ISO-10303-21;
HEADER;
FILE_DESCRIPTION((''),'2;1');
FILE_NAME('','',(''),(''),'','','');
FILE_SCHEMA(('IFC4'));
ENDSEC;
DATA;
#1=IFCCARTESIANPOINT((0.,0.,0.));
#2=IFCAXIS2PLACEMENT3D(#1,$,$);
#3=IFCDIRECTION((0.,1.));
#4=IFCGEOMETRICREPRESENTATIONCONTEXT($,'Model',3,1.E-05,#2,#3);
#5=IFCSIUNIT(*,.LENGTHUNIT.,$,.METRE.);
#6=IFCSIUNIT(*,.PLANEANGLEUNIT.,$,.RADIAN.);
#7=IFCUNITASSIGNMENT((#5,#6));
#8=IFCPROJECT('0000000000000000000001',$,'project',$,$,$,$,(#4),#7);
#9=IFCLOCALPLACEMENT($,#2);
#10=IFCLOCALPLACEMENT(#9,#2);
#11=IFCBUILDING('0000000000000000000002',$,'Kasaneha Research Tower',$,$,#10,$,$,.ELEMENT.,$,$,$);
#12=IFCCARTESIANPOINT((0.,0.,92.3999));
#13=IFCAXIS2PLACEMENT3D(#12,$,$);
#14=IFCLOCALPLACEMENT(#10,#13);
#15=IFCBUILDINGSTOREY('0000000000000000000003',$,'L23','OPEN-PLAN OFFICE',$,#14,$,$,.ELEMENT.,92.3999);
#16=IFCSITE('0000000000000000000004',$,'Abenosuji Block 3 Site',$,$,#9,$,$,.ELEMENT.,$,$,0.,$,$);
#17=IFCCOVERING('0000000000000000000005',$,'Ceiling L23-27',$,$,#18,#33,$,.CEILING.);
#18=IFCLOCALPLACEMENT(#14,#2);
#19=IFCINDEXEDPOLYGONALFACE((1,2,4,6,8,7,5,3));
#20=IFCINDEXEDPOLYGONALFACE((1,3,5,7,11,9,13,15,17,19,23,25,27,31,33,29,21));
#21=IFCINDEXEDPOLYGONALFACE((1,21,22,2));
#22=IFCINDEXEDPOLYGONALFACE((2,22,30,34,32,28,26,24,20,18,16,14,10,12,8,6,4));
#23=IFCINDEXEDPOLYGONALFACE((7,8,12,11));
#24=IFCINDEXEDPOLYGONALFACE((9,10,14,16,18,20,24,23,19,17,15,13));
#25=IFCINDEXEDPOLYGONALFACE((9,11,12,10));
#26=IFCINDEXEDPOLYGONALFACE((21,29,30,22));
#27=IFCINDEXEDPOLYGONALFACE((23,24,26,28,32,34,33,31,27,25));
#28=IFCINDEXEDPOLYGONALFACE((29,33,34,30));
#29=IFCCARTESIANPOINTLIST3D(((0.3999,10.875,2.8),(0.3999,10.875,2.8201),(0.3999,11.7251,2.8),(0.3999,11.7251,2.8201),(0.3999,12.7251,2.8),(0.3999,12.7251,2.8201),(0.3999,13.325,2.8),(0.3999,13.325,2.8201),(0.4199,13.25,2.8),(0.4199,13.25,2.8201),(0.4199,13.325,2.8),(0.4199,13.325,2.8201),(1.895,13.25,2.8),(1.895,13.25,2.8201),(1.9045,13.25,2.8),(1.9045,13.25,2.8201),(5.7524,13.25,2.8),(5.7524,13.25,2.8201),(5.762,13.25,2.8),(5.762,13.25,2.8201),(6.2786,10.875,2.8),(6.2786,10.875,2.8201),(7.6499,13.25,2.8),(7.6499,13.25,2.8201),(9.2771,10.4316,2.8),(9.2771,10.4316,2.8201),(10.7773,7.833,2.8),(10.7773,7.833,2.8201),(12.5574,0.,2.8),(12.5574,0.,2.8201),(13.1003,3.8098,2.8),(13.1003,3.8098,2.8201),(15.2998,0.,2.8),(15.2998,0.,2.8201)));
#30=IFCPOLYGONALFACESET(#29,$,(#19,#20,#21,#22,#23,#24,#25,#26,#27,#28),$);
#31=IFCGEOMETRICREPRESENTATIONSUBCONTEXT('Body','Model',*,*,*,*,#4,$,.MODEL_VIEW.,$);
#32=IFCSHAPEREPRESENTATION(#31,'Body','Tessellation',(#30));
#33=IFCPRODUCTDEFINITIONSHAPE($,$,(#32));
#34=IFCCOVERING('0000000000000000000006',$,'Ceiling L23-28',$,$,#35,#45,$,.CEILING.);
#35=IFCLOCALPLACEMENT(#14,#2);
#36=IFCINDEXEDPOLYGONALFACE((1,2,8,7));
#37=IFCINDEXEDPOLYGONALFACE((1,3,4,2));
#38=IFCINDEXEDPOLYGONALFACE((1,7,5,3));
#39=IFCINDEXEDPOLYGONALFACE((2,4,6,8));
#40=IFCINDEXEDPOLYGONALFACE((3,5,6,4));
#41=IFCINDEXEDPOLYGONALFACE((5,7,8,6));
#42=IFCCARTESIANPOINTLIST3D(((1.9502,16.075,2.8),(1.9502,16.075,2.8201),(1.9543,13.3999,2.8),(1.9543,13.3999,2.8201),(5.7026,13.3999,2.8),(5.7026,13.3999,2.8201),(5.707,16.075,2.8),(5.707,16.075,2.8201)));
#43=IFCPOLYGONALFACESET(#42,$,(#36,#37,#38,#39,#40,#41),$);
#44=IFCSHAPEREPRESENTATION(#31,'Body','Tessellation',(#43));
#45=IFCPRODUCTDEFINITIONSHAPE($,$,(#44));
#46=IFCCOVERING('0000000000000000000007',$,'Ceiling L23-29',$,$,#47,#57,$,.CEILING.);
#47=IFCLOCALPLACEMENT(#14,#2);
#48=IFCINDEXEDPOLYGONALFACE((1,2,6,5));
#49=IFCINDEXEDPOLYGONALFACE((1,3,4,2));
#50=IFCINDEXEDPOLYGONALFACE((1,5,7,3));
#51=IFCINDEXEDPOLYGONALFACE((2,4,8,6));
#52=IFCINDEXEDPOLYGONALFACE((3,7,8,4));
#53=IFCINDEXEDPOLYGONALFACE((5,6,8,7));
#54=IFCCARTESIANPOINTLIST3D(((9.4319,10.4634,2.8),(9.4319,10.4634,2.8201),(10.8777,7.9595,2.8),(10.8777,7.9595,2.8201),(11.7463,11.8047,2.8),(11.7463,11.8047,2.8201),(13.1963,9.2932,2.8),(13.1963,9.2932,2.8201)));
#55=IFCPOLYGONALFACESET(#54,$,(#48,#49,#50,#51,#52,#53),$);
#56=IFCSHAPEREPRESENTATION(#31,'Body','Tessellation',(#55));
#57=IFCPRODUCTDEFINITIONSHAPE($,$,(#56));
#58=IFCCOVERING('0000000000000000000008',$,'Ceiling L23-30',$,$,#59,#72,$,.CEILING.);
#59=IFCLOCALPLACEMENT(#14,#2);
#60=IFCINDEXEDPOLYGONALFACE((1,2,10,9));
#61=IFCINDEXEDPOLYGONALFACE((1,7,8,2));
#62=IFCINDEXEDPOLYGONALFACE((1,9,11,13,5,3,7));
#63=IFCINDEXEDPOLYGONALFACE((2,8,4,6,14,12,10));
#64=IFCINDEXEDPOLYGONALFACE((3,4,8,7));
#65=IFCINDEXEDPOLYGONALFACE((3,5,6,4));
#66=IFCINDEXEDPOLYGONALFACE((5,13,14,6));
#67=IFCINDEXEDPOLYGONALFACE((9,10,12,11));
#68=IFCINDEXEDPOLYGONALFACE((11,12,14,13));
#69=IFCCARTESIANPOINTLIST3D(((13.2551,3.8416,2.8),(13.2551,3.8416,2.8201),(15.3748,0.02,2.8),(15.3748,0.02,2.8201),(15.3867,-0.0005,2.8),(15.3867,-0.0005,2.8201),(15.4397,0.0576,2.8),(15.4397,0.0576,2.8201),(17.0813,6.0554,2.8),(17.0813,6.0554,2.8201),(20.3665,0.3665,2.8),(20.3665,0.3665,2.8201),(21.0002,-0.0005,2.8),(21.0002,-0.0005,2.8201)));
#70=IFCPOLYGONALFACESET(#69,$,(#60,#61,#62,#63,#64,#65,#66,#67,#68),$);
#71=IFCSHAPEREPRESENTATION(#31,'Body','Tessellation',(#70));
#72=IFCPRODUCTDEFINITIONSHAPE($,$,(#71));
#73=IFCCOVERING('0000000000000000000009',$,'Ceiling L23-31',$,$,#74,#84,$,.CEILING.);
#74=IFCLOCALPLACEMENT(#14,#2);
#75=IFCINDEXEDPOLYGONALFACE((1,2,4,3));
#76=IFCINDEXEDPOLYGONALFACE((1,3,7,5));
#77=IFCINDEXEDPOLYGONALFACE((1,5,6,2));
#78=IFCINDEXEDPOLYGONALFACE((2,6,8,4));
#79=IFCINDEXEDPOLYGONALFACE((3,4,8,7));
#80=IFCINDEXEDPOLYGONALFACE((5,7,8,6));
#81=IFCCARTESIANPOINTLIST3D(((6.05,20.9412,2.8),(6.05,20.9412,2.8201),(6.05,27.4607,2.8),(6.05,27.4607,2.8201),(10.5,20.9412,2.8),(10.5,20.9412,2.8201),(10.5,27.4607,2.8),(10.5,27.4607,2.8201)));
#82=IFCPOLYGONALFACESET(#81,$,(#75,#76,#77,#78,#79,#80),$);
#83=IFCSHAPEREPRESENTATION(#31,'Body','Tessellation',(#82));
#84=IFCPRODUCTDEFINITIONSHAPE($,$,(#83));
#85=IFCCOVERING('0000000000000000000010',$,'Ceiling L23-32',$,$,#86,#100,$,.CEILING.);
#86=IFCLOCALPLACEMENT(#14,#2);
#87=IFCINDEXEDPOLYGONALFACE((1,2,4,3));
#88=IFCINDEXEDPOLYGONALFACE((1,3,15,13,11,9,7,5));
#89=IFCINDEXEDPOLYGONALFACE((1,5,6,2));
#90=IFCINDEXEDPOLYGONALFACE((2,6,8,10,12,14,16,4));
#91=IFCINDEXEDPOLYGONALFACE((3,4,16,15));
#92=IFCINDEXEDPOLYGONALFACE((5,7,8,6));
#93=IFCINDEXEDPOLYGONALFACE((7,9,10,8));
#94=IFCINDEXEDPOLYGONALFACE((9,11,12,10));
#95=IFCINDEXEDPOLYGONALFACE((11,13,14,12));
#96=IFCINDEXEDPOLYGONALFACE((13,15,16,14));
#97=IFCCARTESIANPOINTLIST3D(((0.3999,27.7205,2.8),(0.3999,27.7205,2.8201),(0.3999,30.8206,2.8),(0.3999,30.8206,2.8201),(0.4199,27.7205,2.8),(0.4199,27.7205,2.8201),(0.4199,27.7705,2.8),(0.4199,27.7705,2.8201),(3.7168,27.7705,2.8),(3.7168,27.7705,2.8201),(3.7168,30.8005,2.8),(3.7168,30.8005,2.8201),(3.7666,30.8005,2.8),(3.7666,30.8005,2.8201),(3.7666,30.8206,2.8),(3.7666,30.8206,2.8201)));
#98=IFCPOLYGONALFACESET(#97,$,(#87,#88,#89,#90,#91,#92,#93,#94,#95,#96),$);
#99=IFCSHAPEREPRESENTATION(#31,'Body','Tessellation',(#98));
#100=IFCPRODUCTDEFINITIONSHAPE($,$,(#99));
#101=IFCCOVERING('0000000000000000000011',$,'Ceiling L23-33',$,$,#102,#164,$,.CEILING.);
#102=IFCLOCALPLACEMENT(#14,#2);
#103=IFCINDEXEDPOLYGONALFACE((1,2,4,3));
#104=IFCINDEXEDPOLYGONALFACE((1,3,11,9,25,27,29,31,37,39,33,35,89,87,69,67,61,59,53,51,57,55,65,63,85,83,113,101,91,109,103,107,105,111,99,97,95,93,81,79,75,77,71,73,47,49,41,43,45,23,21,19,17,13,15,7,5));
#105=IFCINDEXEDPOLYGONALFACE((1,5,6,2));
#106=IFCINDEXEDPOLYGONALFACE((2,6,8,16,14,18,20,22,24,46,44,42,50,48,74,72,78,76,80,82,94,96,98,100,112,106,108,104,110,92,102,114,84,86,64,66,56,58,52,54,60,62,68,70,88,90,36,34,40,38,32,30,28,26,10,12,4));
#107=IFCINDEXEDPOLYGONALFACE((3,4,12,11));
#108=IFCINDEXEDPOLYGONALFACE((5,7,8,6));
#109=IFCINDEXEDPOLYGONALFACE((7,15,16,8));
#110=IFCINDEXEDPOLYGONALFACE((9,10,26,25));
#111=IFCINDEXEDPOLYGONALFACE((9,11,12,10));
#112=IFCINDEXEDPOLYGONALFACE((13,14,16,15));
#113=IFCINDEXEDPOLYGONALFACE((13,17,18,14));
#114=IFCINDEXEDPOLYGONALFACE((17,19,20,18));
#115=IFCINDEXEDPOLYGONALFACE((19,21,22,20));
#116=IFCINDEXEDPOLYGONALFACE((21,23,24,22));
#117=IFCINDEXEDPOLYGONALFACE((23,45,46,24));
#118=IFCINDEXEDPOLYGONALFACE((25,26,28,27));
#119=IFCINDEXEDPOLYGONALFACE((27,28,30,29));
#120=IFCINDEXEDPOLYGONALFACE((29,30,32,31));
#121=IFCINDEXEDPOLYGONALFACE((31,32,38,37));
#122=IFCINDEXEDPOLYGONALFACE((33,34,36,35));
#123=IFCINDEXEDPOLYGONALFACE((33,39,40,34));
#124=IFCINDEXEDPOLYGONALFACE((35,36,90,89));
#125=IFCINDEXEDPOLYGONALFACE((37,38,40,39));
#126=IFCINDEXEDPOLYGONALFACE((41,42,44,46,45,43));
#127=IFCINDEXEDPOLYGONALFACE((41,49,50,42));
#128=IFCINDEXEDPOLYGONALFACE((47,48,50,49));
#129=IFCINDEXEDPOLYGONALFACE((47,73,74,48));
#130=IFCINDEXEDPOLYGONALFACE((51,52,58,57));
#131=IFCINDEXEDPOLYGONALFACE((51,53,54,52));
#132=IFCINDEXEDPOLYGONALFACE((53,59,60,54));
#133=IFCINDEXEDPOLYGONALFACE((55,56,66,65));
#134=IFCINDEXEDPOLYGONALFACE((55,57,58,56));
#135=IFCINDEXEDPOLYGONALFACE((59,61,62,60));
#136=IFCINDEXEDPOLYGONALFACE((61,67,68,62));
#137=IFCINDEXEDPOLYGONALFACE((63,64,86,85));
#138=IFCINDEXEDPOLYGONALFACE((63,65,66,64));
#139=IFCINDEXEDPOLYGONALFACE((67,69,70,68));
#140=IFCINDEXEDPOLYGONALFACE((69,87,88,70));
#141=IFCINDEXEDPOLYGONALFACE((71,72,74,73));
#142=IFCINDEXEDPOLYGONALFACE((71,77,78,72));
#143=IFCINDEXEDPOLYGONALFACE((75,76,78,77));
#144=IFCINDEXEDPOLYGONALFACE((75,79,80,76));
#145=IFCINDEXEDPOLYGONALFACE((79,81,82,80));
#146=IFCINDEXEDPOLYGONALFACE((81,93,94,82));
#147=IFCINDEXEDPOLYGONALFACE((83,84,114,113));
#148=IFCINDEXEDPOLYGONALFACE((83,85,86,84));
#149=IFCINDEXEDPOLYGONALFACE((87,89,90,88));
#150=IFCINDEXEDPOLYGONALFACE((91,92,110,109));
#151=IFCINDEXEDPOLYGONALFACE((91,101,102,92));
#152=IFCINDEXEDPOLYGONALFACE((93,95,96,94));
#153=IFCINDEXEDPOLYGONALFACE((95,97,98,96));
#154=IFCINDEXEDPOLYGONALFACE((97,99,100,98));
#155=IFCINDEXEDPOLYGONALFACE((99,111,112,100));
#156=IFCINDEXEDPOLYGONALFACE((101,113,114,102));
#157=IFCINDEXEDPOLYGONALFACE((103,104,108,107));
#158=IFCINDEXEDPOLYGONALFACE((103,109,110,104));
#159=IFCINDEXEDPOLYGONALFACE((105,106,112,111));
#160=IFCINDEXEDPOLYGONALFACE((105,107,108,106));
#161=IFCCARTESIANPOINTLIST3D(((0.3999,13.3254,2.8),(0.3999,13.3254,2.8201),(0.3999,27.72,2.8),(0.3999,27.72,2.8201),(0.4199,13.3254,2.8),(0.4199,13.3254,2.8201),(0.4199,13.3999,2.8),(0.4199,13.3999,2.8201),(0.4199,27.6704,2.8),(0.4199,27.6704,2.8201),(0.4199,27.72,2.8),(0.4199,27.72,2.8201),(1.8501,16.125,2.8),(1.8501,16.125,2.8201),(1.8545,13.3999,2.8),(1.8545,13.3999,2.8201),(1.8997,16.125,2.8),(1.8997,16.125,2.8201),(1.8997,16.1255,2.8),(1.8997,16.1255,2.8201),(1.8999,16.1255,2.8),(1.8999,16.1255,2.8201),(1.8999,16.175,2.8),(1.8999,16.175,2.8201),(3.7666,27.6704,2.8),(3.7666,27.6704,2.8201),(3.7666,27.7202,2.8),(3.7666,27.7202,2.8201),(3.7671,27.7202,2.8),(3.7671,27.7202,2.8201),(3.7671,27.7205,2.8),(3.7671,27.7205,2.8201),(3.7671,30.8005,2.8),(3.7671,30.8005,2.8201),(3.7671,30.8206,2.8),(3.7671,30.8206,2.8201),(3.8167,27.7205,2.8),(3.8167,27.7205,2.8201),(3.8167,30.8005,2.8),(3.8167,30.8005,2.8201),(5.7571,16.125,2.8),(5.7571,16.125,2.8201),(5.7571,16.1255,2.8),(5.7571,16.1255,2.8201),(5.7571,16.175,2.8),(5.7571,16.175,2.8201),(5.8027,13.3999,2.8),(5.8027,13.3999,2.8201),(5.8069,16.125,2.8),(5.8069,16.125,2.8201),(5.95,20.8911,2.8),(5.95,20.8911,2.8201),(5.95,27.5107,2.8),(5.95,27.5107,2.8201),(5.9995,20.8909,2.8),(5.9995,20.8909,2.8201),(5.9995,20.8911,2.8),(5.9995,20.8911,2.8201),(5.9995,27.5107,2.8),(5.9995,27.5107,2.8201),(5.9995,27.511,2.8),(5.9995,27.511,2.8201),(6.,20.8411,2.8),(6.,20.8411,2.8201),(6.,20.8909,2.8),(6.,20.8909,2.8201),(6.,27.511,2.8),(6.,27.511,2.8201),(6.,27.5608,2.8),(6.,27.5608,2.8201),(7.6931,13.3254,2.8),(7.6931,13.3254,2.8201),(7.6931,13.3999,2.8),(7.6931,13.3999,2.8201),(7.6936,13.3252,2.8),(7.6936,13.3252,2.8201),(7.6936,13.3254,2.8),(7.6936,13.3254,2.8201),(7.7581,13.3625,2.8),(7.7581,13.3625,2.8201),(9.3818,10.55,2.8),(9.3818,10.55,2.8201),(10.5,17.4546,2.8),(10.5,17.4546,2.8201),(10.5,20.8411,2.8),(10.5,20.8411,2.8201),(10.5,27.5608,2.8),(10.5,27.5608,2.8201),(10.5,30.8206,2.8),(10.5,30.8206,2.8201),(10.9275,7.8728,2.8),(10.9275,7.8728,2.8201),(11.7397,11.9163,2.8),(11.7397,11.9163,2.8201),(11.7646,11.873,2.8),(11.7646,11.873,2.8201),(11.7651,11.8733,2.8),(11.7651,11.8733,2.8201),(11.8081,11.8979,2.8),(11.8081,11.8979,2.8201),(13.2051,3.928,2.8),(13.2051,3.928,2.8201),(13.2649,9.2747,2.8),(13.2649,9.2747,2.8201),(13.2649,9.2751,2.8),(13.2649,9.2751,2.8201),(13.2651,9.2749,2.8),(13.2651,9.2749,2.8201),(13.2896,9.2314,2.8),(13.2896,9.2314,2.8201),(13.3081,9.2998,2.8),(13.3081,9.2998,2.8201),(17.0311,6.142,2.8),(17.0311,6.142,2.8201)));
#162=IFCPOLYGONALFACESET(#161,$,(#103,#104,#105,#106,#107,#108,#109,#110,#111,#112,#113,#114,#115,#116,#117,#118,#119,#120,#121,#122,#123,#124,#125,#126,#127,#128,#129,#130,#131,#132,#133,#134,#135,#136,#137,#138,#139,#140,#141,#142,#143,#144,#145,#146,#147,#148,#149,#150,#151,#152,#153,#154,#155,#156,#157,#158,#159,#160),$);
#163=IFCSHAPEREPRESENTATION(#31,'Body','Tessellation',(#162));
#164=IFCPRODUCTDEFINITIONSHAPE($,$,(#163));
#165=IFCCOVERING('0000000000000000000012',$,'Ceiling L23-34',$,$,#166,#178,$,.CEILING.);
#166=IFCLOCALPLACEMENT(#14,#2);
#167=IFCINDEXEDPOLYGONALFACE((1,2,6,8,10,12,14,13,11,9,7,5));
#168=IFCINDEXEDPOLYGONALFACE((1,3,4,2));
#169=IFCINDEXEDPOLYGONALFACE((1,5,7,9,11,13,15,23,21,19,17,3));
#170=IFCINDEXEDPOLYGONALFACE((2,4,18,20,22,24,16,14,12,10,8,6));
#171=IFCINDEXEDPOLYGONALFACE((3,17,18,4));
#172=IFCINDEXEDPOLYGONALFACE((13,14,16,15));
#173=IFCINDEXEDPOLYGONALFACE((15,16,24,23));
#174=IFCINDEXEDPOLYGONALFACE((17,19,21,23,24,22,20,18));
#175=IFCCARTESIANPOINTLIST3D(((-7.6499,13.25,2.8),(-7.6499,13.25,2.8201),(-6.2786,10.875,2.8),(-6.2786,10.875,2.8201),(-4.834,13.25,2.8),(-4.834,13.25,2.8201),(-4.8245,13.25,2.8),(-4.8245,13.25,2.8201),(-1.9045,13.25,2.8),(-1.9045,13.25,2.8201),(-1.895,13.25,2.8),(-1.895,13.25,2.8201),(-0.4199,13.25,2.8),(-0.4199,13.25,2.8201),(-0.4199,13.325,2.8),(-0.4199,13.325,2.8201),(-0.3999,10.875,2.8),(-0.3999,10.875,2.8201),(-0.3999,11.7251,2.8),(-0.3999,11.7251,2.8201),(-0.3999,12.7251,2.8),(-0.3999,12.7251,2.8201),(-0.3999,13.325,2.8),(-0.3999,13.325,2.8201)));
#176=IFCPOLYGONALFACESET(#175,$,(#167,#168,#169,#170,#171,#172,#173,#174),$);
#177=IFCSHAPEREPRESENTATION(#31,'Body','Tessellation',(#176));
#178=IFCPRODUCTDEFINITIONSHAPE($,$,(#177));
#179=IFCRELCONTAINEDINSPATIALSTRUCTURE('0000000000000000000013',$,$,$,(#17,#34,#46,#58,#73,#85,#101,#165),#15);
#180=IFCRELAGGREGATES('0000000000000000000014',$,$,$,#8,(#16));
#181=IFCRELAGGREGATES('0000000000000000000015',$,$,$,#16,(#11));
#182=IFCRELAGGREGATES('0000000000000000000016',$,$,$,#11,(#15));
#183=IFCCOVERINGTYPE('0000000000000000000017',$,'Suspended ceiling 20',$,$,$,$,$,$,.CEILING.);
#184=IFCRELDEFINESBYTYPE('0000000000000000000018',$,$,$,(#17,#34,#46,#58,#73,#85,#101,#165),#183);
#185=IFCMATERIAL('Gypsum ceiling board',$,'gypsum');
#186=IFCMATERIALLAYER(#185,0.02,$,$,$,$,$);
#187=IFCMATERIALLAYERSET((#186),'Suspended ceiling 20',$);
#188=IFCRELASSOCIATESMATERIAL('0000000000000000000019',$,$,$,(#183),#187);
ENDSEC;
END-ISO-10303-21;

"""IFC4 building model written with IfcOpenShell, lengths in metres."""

from ifc_helpers import new_model, si_unit, direction, frame, origin, place, context, subcontext, project, spatial, polyline, outline, extrude, material, layer, layer_set, type_object, element, save


model = new_model("IFC4")

# Units and contexts
model_context = context("Model", 3, precision=1e-05, world=origin(), true_north=direction((0.0, 1.0)))
body_context = subcontext(model_context, "Body", "Model", "MODEL_VIEW")
ifc_project = project(units=[si_unit("LENGTHUNIT", "METRE"), si_unit("PLANEANGLEUNIT", "RADIAN")], contexts=[model_context])

# Site, building, storey
site_placement = place(None, origin())
site = spatial("IfcSite", under=ifc_project, at=site_placement, Name="Abenosuji Block 3 Site", CompositionType="ELEMENT", RefElevation=0.0)
building_placement = place(site_placement, origin())
building = spatial("IfcBuilding", under=site, at=building_placement, Name="Kasaneha Research Tower", CompositionType="ELEMENT")
storey_placement = place(building_placement, frame((0.0, 0.0, 92.3999)))
storey = spatial("IfcBuildingStorey", under=building, at=storey_placement, Name="L23", Description="OPEN-PLAN OFFICE", CompositionType="ELEMENT", Elevation=92.3999)

# Coverings
ifc_material_1 = material(Name="Gypsum ceiling board", Category="gypsum")
ifc_layer_1 = layer(ifc_material_1, 0.02)
ifc_layer_set_1 = layer_set([ifc_layer_1], Name="Suspended ceiling 20")
covering_type_1 = type_object("IfcCoveringType", Name="Suspended ceiling 20", PredefinedType="CEILING", material=ifc_layer_set_1)
covering_1_placement = place(storey_placement, frame((0.0, 0.0, 2.8)))
element("IfcCovering", 1, at=covering_1_placement, inside=storey, type_object=covering_type_1, Name="Ceiling L23-27", PredefinedType="CEILING", context=body_context, shape_type="SweptSolid", body=[
    extrude(outline(polyline([(6.2786, 10.875), (0.3999, 10.875), (0.3999, 11.7251), (0.3999, 12.7251), (0.3999, 13.325), (0.4199, 13.325), (0.4199, 13.25), (1.895, 13.25), (1.9045, 13.25), (5.7524, 13.25), (5.762, 13.25), (7.6499, 13.25), (9.2771, 10.4316), (9.2771, 10.4316), (10.7773, 7.833), (10.7773, 7.833), (13.1003, 3.8098), (13.1003, 3.8098), (15.2998, 0.0), (15.2998, 0.0), (12.5574, 0.0), (6.2786, 10.875)])), origin(), (0.0, 0.0, 1.0), 0.02),
])
covering_2_placement = place(storey_placement, frame((0.0, 0.0, 2.8)))
element("IfcCovering", 2, at=covering_2_placement, inside=storey, type_object=covering_type_1, Name="Ceiling L23-28", PredefinedType="CEILING", context=body_context, shape_type="SweptSolid", body=[
    extrude(outline(polyline([(1.9543, 13.3999), (1.9502, 16.075), (5.707, 16.075), (5.7026, 13.3999), (1.9543, 13.3999)])), origin(), (0.0, 0.0, 1.0), 0.02),
])
covering_3_placement = place(storey_placement, frame((0.0, 0.0, 2.8)))
element("IfcCovering", 3, at=covering_3_placement, inside=storey, type_object=covering_type_1, Name="Ceiling L23-29", PredefinedType="CEILING", context=body_context, shape_type="SweptSolid", body=[
    extrude(outline(polyline([(11.7463, 11.8047), (13.1963, 9.2932), (10.8777, 7.9595), (9.4319, 10.4634), (11.7463, 11.8047)])), origin(), (0.0, 0.0, 1.0), 0.02),
])
covering_4_placement = place(storey_placement, frame((0.0, 0.0, 2.8)))
element("IfcCovering", 4, at=covering_4_placement, inside=storey, type_object=covering_type_1, Name="Ceiling L23-30", PredefinedType="CEILING", context=body_context, shape_type="SweptSolid", body=[
    extrude(outline(polyline([(21.0002, -0.0005), (15.3867, -0.0005), (15.3748, 0.02), (15.4397, 0.0576), (13.2551, 3.8416), (17.0813, 6.0554), (20.3665, 0.3665), (21.0002, -0.0005)])), origin(), (0.0, 0.0, 1.0), 0.02),
])
covering_5_placement = place(storey_placement, frame((0.0, 0.0, 2.8)))
element("IfcCovering", 5, at=covering_5_placement, inside=storey, type_object=covering_type_1, Name="Ceiling L23-31", PredefinedType="CEILING", context=body_context, shape_type="SweptSolid", body=[
    extrude(outline(polyline([(10.5, 20.9412), (6.05, 20.9412), (6.05, 27.4607), (10.5, 27.4607), (10.5, 20.9412)])), origin(), (0.0, 0.0, 1.0), 0.02),
])
covering_6_placement = place(storey_placement, frame((0.0, 0.0, 2.8)))
element("IfcCovering", 6, at=covering_6_placement, inside=storey, type_object=covering_type_1, Name="Ceiling L23-32", PredefinedType="CEILING", context=body_context, shape_type="SweptSolid", body=[
    extrude(outline(polyline([(3.7666, 30.8206), (3.7666, 30.8005), (3.7168, 30.8005), (3.7168, 27.7705), (0.4199, 27.7705), (0.4199, 27.7205), (0.3999, 27.7205), (0.3999, 30.8206), (3.7666, 30.8206)])), origin(), (0.0, 0.0, 1.0), 0.02),
])
covering_7_placement = place(storey_placement, frame((0.0, 0.0, 2.8)))
element("IfcCovering", 7, at=covering_7_placement, inside=storey, type_object=covering_type_1, Name="Ceiling L23-33", PredefinedType="CEILING", context=body_context, shape_type="SweptSolid", body=[
    extrude(outline(polyline([(13.2651, 9.2749), (13.2649, 9.2751), (13.3081, 9.2998), (11.8081, 11.8979), (11.7651, 11.8733), (11.7651, 11.8733), (11.7646, 11.873), (11.7397, 11.9163), (9.3818, 10.55), (7.7581, 13.3625), (7.6936, 13.3252), (7.6936, 13.3254), (7.6931, 13.3254), (7.6931, 13.3999), (5.8027, 13.3999), (5.8069, 16.125), (5.7571, 16.125), (5.7571, 16.1255), (5.7571, 16.1255), (5.7571, 16.175), (1.8999, 16.175), (1.8999, 16.1255), (1.8997, 16.1255), (1.8997, 16.125), (1.8501, 16.125), (1.8545, 13.3999), (0.4199, 13.3999), (0.4199, 13.3254), (0.3999, 13.3254), (0.3999, 27.72), (0.4199, 27.72), (0.4199, 27.6704), (3.7666, 27.6704), (3.7666, 27.7202), (3.7671, 27.7202), (3.7671, 27.7205), (3.8167, 27.7205), (3.8167, 30.8005), (3.7671, 30.8005), (3.7671, 30.8206), (10.5, 30.8206), (10.5, 27.5608), (6.0, 27.5608), (6.0, 27.511), (5.9995, 27.511), (5.9995, 27.5107), (5.95, 27.5107), (5.95, 20.8911), (5.9995, 20.8911), (5.9995, 20.8909), (6.0, 20.8909), (6.0, 20.8411), (10.5, 20.8411), (10.5, 17.4546), (17.0559, 6.0991), (17.0559, 6.0991), (17.0312, 6.1421), (13.2051, 3.928), (10.9275, 7.8728), (13.2896, 9.2314), (13.2649, 9.2747), (13.2651, 9.2749)])), origin(), (0.0, 0.0, 1.0), 0.02),
])
covering_8_placement = place(storey_placement, frame((0.0, 0.0, 2.8)))
element("IfcCovering", 8, at=covering_8_placement, inside=storey, type_object=covering_type_1, Name="Ceiling L23-34", PredefinedType="CEILING", context=body_context, shape_type="SweptSolid", body=[
    extrude(outline(polyline([(-0.3999, 11.7251), (-0.3999, 10.875), (-6.2786, 10.875), (-7.6499, 13.25), (-7.6499, 13.25), (-4.834, 13.25), (-4.8245, 13.25), (-1.9045, 13.25), (-1.895, 13.25), (-0.4199, 13.25), (-0.4199, 13.325), (-0.3999, 13.325), (-0.3999, 12.7251), (-0.3999, 11.7251)])), origin(), (0.0, 0.0, 1.0), 0.02),
])

save(model, "model.ifc")
